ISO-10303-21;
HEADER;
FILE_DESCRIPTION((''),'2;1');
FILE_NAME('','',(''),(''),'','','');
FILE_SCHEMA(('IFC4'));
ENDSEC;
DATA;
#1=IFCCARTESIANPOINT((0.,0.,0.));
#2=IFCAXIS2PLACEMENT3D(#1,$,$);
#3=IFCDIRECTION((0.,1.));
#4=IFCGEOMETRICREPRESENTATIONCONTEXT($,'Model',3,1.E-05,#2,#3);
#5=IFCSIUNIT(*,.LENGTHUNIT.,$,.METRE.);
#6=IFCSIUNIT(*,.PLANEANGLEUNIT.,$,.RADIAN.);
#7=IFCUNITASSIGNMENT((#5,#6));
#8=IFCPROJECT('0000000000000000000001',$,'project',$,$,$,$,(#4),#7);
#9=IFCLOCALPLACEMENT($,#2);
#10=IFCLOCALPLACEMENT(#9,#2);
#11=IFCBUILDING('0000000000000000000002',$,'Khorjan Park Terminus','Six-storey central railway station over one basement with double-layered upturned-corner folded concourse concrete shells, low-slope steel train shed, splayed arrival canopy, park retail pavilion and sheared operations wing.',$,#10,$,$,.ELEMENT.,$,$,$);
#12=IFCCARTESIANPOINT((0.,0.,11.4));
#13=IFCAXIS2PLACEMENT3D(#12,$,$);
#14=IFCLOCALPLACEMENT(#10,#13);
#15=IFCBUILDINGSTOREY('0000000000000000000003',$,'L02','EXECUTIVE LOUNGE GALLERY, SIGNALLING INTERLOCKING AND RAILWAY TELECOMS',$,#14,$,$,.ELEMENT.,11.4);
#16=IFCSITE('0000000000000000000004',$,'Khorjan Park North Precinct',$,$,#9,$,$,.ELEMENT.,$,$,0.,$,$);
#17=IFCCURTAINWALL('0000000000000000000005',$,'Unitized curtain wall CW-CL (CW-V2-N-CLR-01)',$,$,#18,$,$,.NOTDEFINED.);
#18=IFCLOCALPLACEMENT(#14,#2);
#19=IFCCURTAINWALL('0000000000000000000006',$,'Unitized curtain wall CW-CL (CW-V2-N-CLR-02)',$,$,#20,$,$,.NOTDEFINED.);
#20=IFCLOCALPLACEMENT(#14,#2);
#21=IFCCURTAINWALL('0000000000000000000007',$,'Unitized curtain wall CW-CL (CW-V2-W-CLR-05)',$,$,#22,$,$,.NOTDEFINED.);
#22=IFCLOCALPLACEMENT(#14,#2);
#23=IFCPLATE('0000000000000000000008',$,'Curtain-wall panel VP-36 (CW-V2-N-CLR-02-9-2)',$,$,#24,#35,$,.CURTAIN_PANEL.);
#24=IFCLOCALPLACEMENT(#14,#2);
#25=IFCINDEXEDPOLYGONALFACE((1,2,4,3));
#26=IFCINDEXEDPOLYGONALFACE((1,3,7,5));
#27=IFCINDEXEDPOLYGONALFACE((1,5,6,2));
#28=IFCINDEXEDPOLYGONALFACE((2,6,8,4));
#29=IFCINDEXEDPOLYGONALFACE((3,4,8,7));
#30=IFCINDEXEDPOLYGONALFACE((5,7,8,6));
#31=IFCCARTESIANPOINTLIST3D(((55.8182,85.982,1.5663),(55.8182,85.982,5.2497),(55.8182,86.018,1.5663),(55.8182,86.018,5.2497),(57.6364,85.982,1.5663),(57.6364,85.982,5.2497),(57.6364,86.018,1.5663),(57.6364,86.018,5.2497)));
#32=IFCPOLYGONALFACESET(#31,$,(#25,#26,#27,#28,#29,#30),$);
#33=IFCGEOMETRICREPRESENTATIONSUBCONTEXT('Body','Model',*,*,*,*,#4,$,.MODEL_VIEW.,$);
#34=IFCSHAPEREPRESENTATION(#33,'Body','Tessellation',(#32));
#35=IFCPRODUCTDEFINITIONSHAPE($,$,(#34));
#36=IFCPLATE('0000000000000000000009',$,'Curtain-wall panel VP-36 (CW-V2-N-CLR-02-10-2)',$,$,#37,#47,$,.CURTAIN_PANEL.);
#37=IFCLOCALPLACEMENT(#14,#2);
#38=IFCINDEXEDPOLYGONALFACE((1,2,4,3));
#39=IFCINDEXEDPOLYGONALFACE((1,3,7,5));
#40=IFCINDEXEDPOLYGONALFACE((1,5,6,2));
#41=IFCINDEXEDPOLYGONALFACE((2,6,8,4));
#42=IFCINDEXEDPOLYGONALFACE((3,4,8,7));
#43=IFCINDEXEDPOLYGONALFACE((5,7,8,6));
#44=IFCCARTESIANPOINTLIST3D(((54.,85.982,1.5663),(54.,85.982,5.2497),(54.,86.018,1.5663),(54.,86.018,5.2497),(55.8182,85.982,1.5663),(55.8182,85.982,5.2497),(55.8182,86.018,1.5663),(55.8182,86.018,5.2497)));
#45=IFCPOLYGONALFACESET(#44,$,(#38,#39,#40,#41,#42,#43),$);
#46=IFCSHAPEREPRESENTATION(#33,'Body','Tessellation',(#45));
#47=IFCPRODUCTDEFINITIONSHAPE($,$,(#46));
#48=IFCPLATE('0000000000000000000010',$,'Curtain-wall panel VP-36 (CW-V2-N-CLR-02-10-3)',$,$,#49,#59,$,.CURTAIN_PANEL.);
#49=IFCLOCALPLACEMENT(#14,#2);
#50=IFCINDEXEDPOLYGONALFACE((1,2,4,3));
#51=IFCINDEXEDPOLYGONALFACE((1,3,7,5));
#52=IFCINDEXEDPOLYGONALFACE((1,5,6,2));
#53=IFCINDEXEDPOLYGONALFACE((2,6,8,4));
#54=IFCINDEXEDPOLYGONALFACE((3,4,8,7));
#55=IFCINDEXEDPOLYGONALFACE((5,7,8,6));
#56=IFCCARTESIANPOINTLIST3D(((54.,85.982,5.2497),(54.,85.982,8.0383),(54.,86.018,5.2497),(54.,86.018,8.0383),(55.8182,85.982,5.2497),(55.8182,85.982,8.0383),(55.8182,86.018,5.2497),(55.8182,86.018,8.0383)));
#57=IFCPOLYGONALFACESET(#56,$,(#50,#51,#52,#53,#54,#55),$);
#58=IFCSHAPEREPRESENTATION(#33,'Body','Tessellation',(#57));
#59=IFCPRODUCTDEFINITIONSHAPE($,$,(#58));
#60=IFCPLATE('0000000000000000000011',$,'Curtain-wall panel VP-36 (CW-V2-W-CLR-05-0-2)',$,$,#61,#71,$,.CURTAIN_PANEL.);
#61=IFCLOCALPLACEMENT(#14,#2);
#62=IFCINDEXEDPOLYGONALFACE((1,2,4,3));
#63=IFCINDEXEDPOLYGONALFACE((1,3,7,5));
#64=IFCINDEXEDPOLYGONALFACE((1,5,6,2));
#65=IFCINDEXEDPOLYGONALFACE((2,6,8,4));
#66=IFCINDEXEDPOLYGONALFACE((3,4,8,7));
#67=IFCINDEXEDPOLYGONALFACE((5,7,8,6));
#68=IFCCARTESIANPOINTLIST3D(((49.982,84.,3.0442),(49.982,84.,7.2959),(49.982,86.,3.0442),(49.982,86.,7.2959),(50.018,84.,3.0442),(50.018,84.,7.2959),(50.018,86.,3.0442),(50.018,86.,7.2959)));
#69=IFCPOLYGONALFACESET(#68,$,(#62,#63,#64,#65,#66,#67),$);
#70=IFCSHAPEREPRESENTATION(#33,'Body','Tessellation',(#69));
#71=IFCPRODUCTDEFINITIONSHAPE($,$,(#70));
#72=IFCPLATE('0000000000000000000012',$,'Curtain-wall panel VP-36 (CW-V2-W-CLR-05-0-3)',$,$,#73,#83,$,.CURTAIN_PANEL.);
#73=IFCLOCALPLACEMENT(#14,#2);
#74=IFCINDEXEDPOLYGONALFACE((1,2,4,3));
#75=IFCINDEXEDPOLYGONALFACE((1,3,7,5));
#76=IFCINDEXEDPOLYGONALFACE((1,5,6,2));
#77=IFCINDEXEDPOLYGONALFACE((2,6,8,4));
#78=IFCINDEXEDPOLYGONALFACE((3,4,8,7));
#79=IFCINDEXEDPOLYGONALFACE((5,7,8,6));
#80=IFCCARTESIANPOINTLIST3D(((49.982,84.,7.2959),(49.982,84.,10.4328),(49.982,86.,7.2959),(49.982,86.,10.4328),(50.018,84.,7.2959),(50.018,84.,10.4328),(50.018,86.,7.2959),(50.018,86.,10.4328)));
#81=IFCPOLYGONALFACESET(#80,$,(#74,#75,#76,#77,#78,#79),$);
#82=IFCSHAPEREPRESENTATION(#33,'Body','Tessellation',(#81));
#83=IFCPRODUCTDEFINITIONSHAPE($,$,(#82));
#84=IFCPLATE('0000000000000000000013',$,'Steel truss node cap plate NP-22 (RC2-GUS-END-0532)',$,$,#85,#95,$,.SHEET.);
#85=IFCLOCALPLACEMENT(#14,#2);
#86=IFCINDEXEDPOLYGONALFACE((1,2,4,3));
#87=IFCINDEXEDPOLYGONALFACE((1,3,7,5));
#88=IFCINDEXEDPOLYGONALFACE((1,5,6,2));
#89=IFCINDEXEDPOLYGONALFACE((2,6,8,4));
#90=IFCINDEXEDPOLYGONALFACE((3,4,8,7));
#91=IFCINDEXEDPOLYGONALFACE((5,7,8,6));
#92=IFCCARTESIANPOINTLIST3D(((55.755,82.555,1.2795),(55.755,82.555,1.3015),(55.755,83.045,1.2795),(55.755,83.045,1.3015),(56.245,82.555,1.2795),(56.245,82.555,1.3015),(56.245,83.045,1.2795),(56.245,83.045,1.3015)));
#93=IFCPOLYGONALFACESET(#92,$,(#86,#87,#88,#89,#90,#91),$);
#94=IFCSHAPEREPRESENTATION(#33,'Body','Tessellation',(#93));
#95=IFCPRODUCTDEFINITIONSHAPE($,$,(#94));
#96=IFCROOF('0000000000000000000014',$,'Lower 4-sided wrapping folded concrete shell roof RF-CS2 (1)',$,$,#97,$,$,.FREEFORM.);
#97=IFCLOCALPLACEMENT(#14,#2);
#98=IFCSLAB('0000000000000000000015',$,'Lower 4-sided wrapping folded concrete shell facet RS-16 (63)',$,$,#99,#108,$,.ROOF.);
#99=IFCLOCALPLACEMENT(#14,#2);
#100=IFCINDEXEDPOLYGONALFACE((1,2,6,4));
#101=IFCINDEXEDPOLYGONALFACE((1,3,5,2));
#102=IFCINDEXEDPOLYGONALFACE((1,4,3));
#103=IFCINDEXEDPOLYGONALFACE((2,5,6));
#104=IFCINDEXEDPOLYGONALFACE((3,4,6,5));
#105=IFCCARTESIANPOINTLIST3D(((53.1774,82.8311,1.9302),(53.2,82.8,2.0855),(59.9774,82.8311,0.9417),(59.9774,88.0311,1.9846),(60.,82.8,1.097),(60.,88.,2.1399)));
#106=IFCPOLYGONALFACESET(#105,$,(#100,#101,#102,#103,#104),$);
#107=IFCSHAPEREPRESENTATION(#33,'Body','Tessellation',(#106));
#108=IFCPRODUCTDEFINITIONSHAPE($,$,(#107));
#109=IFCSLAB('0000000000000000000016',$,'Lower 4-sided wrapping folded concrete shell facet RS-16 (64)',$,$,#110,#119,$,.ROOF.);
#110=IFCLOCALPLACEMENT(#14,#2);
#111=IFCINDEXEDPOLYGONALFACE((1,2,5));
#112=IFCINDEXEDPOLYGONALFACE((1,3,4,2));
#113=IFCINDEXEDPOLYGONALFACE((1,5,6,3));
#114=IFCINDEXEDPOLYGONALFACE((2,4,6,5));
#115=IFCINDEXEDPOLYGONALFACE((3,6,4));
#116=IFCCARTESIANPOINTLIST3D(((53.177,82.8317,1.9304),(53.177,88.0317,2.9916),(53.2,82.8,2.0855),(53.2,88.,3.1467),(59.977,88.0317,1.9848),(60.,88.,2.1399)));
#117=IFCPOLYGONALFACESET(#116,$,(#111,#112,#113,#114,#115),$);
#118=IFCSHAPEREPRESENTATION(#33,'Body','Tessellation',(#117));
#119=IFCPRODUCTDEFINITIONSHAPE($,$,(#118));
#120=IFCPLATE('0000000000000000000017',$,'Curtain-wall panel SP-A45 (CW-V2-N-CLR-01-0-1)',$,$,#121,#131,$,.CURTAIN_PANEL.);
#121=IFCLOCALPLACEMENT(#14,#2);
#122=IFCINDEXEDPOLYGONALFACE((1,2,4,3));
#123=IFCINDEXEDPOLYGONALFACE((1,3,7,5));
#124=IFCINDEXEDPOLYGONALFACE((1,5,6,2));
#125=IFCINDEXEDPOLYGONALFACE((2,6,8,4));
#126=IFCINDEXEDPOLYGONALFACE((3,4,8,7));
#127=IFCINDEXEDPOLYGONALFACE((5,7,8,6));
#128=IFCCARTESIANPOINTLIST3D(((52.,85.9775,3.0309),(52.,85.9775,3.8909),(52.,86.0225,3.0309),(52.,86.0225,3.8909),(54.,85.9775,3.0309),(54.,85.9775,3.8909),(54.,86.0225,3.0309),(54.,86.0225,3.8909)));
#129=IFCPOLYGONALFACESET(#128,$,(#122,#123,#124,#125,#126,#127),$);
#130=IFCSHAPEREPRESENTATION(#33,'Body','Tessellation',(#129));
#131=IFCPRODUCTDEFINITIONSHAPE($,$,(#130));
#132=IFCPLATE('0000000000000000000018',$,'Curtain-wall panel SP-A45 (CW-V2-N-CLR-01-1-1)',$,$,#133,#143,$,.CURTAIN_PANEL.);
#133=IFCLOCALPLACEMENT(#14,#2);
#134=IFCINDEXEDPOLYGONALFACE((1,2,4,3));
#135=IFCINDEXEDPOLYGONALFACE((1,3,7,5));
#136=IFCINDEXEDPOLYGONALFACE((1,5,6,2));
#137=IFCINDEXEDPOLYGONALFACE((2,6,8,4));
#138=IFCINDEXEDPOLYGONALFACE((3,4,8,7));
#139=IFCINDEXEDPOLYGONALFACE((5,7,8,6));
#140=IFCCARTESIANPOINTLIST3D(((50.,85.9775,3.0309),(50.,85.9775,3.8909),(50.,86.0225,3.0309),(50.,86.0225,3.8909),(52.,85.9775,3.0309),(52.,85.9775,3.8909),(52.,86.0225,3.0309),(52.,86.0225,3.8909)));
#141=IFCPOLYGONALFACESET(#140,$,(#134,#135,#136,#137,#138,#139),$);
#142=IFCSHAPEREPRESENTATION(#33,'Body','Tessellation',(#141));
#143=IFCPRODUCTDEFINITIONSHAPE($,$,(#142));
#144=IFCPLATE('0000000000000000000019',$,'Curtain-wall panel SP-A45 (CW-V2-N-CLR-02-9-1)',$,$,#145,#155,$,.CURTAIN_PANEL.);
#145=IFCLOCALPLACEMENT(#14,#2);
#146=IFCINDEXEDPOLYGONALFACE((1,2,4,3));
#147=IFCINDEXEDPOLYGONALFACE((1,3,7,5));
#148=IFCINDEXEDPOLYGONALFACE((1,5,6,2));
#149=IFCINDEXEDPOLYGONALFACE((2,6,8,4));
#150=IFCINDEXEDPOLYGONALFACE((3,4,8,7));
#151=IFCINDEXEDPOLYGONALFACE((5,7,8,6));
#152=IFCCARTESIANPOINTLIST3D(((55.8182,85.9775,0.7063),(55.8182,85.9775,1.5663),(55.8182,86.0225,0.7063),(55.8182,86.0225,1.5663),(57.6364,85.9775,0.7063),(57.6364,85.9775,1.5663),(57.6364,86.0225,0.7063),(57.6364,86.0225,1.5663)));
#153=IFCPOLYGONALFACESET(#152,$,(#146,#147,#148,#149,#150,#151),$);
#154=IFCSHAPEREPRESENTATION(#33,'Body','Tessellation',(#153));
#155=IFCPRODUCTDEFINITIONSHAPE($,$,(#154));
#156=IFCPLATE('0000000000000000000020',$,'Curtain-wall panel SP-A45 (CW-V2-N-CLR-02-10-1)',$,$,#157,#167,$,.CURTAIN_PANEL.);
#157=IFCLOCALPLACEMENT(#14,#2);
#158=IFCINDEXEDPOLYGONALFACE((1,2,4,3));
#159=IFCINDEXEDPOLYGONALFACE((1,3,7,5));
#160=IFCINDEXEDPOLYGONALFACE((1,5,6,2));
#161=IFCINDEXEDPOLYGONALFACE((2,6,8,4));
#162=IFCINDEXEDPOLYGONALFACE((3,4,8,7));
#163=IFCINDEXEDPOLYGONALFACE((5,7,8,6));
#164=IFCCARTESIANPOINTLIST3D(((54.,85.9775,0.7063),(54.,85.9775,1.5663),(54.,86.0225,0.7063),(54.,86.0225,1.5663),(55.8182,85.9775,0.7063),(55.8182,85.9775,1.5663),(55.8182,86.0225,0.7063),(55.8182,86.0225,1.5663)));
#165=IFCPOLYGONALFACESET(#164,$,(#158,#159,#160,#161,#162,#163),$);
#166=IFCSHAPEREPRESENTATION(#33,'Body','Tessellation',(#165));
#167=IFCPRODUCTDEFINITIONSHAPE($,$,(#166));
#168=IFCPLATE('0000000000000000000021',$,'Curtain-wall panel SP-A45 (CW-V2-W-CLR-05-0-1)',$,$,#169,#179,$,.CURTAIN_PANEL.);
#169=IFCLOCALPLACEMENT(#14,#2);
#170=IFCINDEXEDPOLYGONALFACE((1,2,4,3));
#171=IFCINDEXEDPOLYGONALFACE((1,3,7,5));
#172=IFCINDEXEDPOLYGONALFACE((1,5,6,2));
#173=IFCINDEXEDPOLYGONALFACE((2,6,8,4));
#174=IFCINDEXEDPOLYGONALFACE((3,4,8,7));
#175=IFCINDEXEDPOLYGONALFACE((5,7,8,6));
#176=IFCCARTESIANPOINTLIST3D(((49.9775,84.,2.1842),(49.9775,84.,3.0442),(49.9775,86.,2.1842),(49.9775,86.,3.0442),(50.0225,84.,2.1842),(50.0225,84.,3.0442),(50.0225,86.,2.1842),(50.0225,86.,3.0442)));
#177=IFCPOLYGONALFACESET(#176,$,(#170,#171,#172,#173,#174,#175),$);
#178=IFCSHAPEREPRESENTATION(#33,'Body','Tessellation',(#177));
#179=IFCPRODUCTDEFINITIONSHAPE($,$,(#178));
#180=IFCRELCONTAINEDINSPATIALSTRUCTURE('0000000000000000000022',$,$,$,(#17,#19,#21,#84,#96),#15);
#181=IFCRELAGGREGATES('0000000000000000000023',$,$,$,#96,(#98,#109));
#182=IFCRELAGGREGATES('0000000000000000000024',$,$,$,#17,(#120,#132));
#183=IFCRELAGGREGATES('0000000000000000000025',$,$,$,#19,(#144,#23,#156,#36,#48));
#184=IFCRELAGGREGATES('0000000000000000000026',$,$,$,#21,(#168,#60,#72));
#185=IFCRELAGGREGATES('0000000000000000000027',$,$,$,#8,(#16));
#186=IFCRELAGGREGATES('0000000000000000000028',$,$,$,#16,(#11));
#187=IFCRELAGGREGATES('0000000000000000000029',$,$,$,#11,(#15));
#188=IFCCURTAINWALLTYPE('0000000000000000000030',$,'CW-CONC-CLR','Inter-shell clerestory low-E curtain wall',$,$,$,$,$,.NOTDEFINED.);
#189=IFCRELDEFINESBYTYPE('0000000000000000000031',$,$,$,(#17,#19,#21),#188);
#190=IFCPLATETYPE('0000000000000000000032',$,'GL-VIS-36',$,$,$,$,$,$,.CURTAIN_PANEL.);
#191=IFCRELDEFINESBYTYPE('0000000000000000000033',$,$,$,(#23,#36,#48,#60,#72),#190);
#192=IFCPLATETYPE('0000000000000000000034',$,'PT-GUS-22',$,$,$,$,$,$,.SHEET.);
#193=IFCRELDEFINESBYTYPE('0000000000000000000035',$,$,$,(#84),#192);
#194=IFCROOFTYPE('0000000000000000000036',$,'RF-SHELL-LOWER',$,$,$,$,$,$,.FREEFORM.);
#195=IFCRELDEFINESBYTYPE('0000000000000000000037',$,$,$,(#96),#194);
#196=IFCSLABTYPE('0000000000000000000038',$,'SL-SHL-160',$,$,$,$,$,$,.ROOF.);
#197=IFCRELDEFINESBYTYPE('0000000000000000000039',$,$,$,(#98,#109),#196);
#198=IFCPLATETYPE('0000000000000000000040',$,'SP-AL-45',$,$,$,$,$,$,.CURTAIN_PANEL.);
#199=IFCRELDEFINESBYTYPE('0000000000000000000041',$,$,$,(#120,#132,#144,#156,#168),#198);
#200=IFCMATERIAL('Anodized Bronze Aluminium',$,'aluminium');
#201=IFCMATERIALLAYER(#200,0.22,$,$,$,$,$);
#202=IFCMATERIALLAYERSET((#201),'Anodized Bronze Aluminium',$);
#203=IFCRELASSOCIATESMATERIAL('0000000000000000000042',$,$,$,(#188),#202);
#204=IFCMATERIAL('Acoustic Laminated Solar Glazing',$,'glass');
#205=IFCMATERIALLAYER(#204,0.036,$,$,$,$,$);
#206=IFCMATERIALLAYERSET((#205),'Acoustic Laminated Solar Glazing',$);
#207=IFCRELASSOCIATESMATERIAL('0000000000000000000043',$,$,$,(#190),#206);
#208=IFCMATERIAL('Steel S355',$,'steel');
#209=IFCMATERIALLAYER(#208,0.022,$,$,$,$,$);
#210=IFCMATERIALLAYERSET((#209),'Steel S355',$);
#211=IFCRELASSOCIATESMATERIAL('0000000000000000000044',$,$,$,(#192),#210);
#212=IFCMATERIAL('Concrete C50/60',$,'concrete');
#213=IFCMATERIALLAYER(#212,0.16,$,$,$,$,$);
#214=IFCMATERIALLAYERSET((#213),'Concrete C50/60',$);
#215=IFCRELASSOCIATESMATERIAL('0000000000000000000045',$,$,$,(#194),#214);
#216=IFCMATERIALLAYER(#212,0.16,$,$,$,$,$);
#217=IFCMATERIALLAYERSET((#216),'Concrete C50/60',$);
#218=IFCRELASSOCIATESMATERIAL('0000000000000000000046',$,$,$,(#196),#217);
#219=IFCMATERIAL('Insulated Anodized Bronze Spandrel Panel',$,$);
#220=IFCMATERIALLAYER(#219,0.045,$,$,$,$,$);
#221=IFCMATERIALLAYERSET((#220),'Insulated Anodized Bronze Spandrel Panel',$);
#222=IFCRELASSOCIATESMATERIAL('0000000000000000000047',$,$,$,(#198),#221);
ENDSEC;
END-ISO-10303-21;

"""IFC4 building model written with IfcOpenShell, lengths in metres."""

from ifc_helpers import new_model, si_unit, direction, frame, origin, origin_2d, place, context, subcontext, project, spatial, polyline, rectangle, outline, extrude, material, layer, layer_set, type_object, element, aggregate, save


model = new_model("IFC4")

# Units and contexts
model_context = context("Model", 3, precision=1e-05, world=origin(), true_north=direction((0.0, 1.0)))
body_context = subcontext(model_context, "Body", "Model", "MODEL_VIEW")
ifc_project = project(units=[si_unit("LENGTHUNIT", "METRE"), si_unit("PLANEANGLEUNIT", "RADIAN")], contexts=[model_context])

# Site, building, storey
site_placement = place(None, origin())
site = spatial("IfcSite", under=ifc_project, at=site_placement, Name="Khorjan Park North Precinct", CompositionType="ELEMENT", RefElevation=0.0)
building_placement = place(site_placement, origin())
building = spatial("IfcBuilding", under=site, at=building_placement, Name="Khorjan Park Terminus", Description="Six-storey central railway station over one basement with double-layered upturned-corner folded concourse concrete shells, low-slope steel train shed, splayed arrival canopy, park retail pavilion and sheared operations wing.", CompositionType="ELEMENT")
storey_placement = place(building_placement, frame((0.0, 0.0, 11.4)))
storey = spatial("IfcBuildingStorey", under=building, at=storey_placement, Name="L02", Description="EXECUTIVE LOUNGE GALLERY, SIGNALLING INTERLOCKING AND RAILWAY TELECOMS", CompositionType="ELEMENT", Elevation=11.4)

# Shared definitions
ifc_material_1 = material(Name="Steel S355", Category="steel")

# Curtain walls
ifc_material_2 = material(Name="Anodized Bronze Aluminium", Category="aluminium")
ifc_layer_1 = layer(ifc_material_2, 0.22)
ifc_layer_set_1 = layer_set([ifc_layer_1], Name="Anodized Bronze Aluminium")
curtain_wall_type = type_object("IfcCurtainWallType", Name="CW-CONC-CLR", Description="Inter-shell clerestory low-E curtain wall", PredefinedType="NOTDEFINED", material=ifc_layer_set_1)
curtain_wall_1_placement = place(storey_placement, origin())
curtain_wall_1 = element("IfcCurtainWall", 1, at=curtain_wall_1_placement, inside=storey, type_object=curtain_wall_type, Name="Unitized curtain wall CW-CL (CW-V2-N-CLR-01)", PredefinedType="NOTDEFINED")
curtain_wall_2_placement = place(storey_placement, origin())
curtain_wall_2 = element("IfcCurtainWall", 2, at=curtain_wall_2_placement, inside=storey, type_object=curtain_wall_type, Name="Unitized curtain wall CW-CL (CW-V2-N-CLR-02)", PredefinedType="NOTDEFINED")
curtain_wall_3_placement = place(storey_placement, origin())
curtain_wall_3 = element("IfcCurtainWall", 3, at=curtain_wall_3_placement, inside=storey, type_object=curtain_wall_type, Name="Unitized curtain wall CW-CL (CW-V2-W-CLR-05)", PredefinedType="NOTDEFINED")

# Plates
ifc_material_3 = material(Name="Acoustic Laminated Solar Glazing", Category="glass")
ifc_layer_2 = layer(ifc_material_3, 0.036)
ifc_layer_set_2 = layer_set([ifc_layer_2], Name="Acoustic Laminated Solar Glazing")
plate_type_1 = type_object("IfcPlateType", Name="GL-VIS-36", PredefinedType="CURTAIN_PANEL", material=ifc_layer_set_2)
plate_1_placement = place(storey_placement, frame((56.7273, 86.0, 1.5663), z_axis=(0.0, 0.0, 1.0), x_axis=(-1.0, 0.0, 0.0)))
plate_1 = element("IfcPlate", 4, at=plate_1_placement, type_object=plate_type_1, Name="Curtain-wall panel VP-36 (CW-V2-N-CLR-02-9-2)", PredefinedType="CURTAIN_PANEL", context=body_context, shape_type="SweptSolid", body=[
    extrude(rectangle(XDim=1.8182, YDim=0.036, at=origin_2d()), origin(), (0.0, 0.0, 1.0), 3.6834),
])
plate_2_placement = place(storey_placement, frame((54.9091, 86.0, 1.5663), z_axis=(0.0, 0.0, 1.0), x_axis=(-1.0, 0.0, 0.0)))
plate_2 = element("IfcPlate", 5, at=plate_2_placement, type_object=plate_type_1, Name="Curtain-wall panel VP-36 (CW-V2-N-CLR-02-10-2)", PredefinedType="CURTAIN_PANEL", context=body_context, shape_type="SweptSolid", body=[
    extrude(rectangle(XDim=1.8182, YDim=0.036, at=origin_2d()), origin(), (0.0, 0.0, 1.0), 3.6834),
])
plate_3_placement = place(storey_placement, frame((54.9091, 86.0, 5.2497), z_axis=(0.0, 0.0, 1.0), x_axis=(-1.0, 0.0, 0.0)))
plate_3 = element("IfcPlate", 6, at=plate_3_placement, type_object=plate_type_1, Name="Curtain-wall panel VP-36 (CW-V2-N-CLR-02-10-3)", PredefinedType="CURTAIN_PANEL", context=body_context, shape_type="SweptSolid", body=[
    extrude(rectangle(XDim=1.8182, YDim=0.036, at=origin_2d()), origin(), (0.0, 0.0, 1.0), 2.7886),
])
plate_4_placement = place(storey_placement, frame((50.0, 85.0, 3.0442), z_axis=(0.0, 0.0, 1.0), x_axis=(0.0, -1.0, 0.0)))
plate_4 = element("IfcPlate", 7, at=plate_4_placement, type_object=plate_type_1, Name="Curtain-wall panel VP-36 (CW-V2-W-CLR-05-0-2)", PredefinedType="CURTAIN_PANEL", context=body_context, shape_type="SweptSolid", body=[
    extrude(rectangle(XDim=2.0, YDim=0.036, at=origin_2d()), origin(), (0.0, 0.0, 1.0), 4.2517),
])
plate_5_placement = place(storey_placement, frame((50.0, 85.0, 7.2959), z_axis=(0.0, 0.0, 1.0), x_axis=(0.0, -1.0, 0.0)))
plate_5 = element("IfcPlate", 8, at=plate_5_placement, type_object=plate_type_1, Name="Curtain-wall panel VP-36 (CW-V2-W-CLR-05-0-3)", PredefinedType="CURTAIN_PANEL", context=body_context, shape_type="SweptSolid", body=[
    extrude(rectangle(XDim=2.0, YDim=0.036, at=origin_2d()), origin(), (0.0, 0.0, 1.0), 3.1369),
])
ifc_layer_3 = layer(ifc_material_1, 0.022)
ifc_layer_set_3 = layer_set([ifc_layer_3], Name="Steel S355")
plate_type_2 = type_object("IfcPlateType", Name="PT-GUS-22", PredefinedType="SHEET", material=ifc_layer_set_3)
plate_6_placement = place(storey_placement, frame((56.0, 82.8, 1.2795), z_axis=(0.0, 0.0, 1.0), x_axis=(1.0, 0.0, 0.0)))
element("IfcPlate", 9, at=plate_6_placement, inside=storey, type_object=plate_type_2, Name="Steel truss node cap plate NP-22 (RC2-GUS-END-0532)", PredefinedType="SHEET", context=body_context, shape_type="SweptSolid", body=[
    extrude(rectangle(XDim=0.49, YDim=0.49, at=origin_2d()), origin(), (0.0, 0.0, 1.0), 0.022),
])

# Roof, slabs
ifc_material_4 = material(Name="Concrete C50/60", Category="concrete")
ifc_layer_4 = layer(ifc_material_4, 0.16)
ifc_layer_set_4 = layer_set([ifc_layer_4], Name="Concrete C50/60")
roof_type = type_object("IfcRoofType", Name="RF-SHELL-LOWER", PredefinedType="FREEFORM", material=ifc_layer_set_4)
roof_placement = place(storey_placement, origin())
roof = element("IfcRoof", 10, at=roof_placement, inside=storey, type_object=roof_type, Name="Lower 4-sided wrapping folded concrete shell roof RF-CS2 (1)", PredefinedType="FREEFORM")
ifc_layer_5 = layer(ifc_material_4, 0.16)
ifc_layer_set_5 = layer_set([ifc_layer_5], Name="Concrete C50/60")
slab_type = type_object("IfcSlabType", Name="SL-SHL-160", PredefinedType="ROOF", material=ifc_layer_set_5)
slab_1_placement = place(storey_placement, frame((53.2, 82.8, 2.0855), z_axis=(0.141103, -0.194674, 0.970666), x_axis=(0.989599, 0.0, -0.143856)))
slab_1 = element("IfcSlab", 11, at=slab_1_placement, type_object=slab_type, Name="Lower 4-sided wrapping folded concrete shell facet RS-16 (63)", PredefinedType="ROOF", context=body_context, shape_type="SweptSolid", body=[
    extrude(outline(polyline([(0.0, 0.0), (6.8715, 0.0), (6.7214, 5.3014), (0.0, 0.0)])), origin(), (0.0, 0.0, -1.0), 0.16),
])
slab_2_placement = place(storey_placement, frame((53.2, 82.8, 2.0855), z_axis=(0.143566, -0.197884, 0.969655), x_axis=(0.794342, 0.607438, 0.006355)))
slab_2 = element("IfcSlab", 12, at=slab_2_placement, type_object=slab_type, Name="Lower 4-sided wrapping folded concrete shell facet RS-16 (64)", PredefinedType="ROOF", context=body_context, shape_type="SweptSolid", body=[
    extrude(outline(polyline([(0.0, 0.0), (8.5605, 0.0), (3.1654, 4.2598), (0.0, 0.0)])), origin(), (0.0, 0.0, -1.0), 0.16),
])
aggregate(roof, [slab_1, slab_2])

# Plates
ifc_material_5 = material(Name="Insulated Anodized Bronze Spandrel Panel")
ifc_layer_6 = layer(ifc_material_5, 0.045)
ifc_layer_set_6 = layer_set([ifc_layer_6], Name="Insulated Anodized Bronze Spandrel Panel")
plate_type_3 = type_object("IfcPlateType", Name="SP-AL-45", PredefinedType="CURTAIN_PANEL", material=ifc_layer_set_6)
plate_7_placement = place(storey_placement, frame((53.0, 86.0, 3.0309), z_axis=(0.0, 0.0, 1.0), x_axis=(-1.0, 0.0, 0.0)))
plate_7 = element("IfcPlate", 13, at=plate_7_placement, type_object=plate_type_3, Name="Curtain-wall panel SP-A45 (CW-V2-N-CLR-01-0-1)", PredefinedType="CURTAIN_PANEL", context=body_context, shape_type="SweptSolid", body=[
    extrude(rectangle(XDim=2.0, YDim=0.045, at=origin_2d()), origin(), (0.0, 0.0, 1.0), 0.86),
])
plate_8_placement = place(storey_placement, frame((51.0, 86.0, 3.0309), z_axis=(0.0, 0.0, 1.0), x_axis=(-1.0, 0.0, 0.0)))
plate_8 = element("IfcPlate", 14, at=plate_8_placement, type_object=plate_type_3, Name="Curtain-wall panel SP-A45 (CW-V2-N-CLR-01-1-1)", PredefinedType="CURTAIN_PANEL", context=body_context, shape_type="SweptSolid", body=[
    extrude(rectangle(XDim=2.0, YDim=0.045, at=origin_2d()), origin(), (0.0, 0.0, 1.0), 0.86),
])
aggregate(curtain_wall_1, [plate_7, plate_8])
plate_9_placement = place(storey_placement, frame((56.7273, 86.0, 0.7063), z_axis=(0.0, 0.0, 1.0), x_axis=(-1.0, 0.0, 0.0)))
plate_9 = element("IfcPlate", 15, at=plate_9_placement, type_object=plate_type_3, Name="Curtain-wall panel SP-A45 (CW-V2-N-CLR-02-9-1)", PredefinedType="CURTAIN_PANEL", context=body_context, shape_type="SweptSolid", body=[
    extrude(rectangle(XDim=1.8182, YDim=0.045, at=origin_2d()), origin(), (0.0, 0.0, 1.0), 0.86),
])
plate_10_placement = place(storey_placement, frame((54.9091, 86.0, 0.7063), z_axis=(0.0, 0.0, 1.0), x_axis=(-1.0, 0.0, 0.0)))
plate_10 = element("IfcPlate", 16, at=plate_10_placement, type_object=plate_type_3, Name="Curtain-wall panel SP-A45 (CW-V2-N-CLR-02-10-1)", PredefinedType="CURTAIN_PANEL", context=body_context, shape_type="SweptSolid", body=[
    extrude(rectangle(XDim=1.8182, YDim=0.045, at=origin_2d()), origin(), (0.0, 0.0, 1.0), 0.86),
])
aggregate(curtain_wall_2, [plate_9, plate_1, plate_10, plate_2, plate_3])
plate_11_placement = place(storey_placement, frame((50.0, 85.0, 2.1842), z_axis=(0.0, 0.0, 1.0), x_axis=(0.0, -1.0, 0.0)))
plate_11 = element("IfcPlate", 17, at=plate_11_placement, type_object=plate_type_3, Name="Curtain-wall panel SP-A45 (CW-V2-W-CLR-05-0-1)", PredefinedType="CURTAIN_PANEL", context=body_context, shape_type="SweptSolid", body=[
    extrude(rectangle(XDim=2.0, YDim=0.045, at=origin_2d()), origin(), (0.0, 0.0, 1.0), 0.86),
])
aggregate(curtain_wall_3, [plate_11, plate_4, plate_5])

save(model, "model.ifc")
